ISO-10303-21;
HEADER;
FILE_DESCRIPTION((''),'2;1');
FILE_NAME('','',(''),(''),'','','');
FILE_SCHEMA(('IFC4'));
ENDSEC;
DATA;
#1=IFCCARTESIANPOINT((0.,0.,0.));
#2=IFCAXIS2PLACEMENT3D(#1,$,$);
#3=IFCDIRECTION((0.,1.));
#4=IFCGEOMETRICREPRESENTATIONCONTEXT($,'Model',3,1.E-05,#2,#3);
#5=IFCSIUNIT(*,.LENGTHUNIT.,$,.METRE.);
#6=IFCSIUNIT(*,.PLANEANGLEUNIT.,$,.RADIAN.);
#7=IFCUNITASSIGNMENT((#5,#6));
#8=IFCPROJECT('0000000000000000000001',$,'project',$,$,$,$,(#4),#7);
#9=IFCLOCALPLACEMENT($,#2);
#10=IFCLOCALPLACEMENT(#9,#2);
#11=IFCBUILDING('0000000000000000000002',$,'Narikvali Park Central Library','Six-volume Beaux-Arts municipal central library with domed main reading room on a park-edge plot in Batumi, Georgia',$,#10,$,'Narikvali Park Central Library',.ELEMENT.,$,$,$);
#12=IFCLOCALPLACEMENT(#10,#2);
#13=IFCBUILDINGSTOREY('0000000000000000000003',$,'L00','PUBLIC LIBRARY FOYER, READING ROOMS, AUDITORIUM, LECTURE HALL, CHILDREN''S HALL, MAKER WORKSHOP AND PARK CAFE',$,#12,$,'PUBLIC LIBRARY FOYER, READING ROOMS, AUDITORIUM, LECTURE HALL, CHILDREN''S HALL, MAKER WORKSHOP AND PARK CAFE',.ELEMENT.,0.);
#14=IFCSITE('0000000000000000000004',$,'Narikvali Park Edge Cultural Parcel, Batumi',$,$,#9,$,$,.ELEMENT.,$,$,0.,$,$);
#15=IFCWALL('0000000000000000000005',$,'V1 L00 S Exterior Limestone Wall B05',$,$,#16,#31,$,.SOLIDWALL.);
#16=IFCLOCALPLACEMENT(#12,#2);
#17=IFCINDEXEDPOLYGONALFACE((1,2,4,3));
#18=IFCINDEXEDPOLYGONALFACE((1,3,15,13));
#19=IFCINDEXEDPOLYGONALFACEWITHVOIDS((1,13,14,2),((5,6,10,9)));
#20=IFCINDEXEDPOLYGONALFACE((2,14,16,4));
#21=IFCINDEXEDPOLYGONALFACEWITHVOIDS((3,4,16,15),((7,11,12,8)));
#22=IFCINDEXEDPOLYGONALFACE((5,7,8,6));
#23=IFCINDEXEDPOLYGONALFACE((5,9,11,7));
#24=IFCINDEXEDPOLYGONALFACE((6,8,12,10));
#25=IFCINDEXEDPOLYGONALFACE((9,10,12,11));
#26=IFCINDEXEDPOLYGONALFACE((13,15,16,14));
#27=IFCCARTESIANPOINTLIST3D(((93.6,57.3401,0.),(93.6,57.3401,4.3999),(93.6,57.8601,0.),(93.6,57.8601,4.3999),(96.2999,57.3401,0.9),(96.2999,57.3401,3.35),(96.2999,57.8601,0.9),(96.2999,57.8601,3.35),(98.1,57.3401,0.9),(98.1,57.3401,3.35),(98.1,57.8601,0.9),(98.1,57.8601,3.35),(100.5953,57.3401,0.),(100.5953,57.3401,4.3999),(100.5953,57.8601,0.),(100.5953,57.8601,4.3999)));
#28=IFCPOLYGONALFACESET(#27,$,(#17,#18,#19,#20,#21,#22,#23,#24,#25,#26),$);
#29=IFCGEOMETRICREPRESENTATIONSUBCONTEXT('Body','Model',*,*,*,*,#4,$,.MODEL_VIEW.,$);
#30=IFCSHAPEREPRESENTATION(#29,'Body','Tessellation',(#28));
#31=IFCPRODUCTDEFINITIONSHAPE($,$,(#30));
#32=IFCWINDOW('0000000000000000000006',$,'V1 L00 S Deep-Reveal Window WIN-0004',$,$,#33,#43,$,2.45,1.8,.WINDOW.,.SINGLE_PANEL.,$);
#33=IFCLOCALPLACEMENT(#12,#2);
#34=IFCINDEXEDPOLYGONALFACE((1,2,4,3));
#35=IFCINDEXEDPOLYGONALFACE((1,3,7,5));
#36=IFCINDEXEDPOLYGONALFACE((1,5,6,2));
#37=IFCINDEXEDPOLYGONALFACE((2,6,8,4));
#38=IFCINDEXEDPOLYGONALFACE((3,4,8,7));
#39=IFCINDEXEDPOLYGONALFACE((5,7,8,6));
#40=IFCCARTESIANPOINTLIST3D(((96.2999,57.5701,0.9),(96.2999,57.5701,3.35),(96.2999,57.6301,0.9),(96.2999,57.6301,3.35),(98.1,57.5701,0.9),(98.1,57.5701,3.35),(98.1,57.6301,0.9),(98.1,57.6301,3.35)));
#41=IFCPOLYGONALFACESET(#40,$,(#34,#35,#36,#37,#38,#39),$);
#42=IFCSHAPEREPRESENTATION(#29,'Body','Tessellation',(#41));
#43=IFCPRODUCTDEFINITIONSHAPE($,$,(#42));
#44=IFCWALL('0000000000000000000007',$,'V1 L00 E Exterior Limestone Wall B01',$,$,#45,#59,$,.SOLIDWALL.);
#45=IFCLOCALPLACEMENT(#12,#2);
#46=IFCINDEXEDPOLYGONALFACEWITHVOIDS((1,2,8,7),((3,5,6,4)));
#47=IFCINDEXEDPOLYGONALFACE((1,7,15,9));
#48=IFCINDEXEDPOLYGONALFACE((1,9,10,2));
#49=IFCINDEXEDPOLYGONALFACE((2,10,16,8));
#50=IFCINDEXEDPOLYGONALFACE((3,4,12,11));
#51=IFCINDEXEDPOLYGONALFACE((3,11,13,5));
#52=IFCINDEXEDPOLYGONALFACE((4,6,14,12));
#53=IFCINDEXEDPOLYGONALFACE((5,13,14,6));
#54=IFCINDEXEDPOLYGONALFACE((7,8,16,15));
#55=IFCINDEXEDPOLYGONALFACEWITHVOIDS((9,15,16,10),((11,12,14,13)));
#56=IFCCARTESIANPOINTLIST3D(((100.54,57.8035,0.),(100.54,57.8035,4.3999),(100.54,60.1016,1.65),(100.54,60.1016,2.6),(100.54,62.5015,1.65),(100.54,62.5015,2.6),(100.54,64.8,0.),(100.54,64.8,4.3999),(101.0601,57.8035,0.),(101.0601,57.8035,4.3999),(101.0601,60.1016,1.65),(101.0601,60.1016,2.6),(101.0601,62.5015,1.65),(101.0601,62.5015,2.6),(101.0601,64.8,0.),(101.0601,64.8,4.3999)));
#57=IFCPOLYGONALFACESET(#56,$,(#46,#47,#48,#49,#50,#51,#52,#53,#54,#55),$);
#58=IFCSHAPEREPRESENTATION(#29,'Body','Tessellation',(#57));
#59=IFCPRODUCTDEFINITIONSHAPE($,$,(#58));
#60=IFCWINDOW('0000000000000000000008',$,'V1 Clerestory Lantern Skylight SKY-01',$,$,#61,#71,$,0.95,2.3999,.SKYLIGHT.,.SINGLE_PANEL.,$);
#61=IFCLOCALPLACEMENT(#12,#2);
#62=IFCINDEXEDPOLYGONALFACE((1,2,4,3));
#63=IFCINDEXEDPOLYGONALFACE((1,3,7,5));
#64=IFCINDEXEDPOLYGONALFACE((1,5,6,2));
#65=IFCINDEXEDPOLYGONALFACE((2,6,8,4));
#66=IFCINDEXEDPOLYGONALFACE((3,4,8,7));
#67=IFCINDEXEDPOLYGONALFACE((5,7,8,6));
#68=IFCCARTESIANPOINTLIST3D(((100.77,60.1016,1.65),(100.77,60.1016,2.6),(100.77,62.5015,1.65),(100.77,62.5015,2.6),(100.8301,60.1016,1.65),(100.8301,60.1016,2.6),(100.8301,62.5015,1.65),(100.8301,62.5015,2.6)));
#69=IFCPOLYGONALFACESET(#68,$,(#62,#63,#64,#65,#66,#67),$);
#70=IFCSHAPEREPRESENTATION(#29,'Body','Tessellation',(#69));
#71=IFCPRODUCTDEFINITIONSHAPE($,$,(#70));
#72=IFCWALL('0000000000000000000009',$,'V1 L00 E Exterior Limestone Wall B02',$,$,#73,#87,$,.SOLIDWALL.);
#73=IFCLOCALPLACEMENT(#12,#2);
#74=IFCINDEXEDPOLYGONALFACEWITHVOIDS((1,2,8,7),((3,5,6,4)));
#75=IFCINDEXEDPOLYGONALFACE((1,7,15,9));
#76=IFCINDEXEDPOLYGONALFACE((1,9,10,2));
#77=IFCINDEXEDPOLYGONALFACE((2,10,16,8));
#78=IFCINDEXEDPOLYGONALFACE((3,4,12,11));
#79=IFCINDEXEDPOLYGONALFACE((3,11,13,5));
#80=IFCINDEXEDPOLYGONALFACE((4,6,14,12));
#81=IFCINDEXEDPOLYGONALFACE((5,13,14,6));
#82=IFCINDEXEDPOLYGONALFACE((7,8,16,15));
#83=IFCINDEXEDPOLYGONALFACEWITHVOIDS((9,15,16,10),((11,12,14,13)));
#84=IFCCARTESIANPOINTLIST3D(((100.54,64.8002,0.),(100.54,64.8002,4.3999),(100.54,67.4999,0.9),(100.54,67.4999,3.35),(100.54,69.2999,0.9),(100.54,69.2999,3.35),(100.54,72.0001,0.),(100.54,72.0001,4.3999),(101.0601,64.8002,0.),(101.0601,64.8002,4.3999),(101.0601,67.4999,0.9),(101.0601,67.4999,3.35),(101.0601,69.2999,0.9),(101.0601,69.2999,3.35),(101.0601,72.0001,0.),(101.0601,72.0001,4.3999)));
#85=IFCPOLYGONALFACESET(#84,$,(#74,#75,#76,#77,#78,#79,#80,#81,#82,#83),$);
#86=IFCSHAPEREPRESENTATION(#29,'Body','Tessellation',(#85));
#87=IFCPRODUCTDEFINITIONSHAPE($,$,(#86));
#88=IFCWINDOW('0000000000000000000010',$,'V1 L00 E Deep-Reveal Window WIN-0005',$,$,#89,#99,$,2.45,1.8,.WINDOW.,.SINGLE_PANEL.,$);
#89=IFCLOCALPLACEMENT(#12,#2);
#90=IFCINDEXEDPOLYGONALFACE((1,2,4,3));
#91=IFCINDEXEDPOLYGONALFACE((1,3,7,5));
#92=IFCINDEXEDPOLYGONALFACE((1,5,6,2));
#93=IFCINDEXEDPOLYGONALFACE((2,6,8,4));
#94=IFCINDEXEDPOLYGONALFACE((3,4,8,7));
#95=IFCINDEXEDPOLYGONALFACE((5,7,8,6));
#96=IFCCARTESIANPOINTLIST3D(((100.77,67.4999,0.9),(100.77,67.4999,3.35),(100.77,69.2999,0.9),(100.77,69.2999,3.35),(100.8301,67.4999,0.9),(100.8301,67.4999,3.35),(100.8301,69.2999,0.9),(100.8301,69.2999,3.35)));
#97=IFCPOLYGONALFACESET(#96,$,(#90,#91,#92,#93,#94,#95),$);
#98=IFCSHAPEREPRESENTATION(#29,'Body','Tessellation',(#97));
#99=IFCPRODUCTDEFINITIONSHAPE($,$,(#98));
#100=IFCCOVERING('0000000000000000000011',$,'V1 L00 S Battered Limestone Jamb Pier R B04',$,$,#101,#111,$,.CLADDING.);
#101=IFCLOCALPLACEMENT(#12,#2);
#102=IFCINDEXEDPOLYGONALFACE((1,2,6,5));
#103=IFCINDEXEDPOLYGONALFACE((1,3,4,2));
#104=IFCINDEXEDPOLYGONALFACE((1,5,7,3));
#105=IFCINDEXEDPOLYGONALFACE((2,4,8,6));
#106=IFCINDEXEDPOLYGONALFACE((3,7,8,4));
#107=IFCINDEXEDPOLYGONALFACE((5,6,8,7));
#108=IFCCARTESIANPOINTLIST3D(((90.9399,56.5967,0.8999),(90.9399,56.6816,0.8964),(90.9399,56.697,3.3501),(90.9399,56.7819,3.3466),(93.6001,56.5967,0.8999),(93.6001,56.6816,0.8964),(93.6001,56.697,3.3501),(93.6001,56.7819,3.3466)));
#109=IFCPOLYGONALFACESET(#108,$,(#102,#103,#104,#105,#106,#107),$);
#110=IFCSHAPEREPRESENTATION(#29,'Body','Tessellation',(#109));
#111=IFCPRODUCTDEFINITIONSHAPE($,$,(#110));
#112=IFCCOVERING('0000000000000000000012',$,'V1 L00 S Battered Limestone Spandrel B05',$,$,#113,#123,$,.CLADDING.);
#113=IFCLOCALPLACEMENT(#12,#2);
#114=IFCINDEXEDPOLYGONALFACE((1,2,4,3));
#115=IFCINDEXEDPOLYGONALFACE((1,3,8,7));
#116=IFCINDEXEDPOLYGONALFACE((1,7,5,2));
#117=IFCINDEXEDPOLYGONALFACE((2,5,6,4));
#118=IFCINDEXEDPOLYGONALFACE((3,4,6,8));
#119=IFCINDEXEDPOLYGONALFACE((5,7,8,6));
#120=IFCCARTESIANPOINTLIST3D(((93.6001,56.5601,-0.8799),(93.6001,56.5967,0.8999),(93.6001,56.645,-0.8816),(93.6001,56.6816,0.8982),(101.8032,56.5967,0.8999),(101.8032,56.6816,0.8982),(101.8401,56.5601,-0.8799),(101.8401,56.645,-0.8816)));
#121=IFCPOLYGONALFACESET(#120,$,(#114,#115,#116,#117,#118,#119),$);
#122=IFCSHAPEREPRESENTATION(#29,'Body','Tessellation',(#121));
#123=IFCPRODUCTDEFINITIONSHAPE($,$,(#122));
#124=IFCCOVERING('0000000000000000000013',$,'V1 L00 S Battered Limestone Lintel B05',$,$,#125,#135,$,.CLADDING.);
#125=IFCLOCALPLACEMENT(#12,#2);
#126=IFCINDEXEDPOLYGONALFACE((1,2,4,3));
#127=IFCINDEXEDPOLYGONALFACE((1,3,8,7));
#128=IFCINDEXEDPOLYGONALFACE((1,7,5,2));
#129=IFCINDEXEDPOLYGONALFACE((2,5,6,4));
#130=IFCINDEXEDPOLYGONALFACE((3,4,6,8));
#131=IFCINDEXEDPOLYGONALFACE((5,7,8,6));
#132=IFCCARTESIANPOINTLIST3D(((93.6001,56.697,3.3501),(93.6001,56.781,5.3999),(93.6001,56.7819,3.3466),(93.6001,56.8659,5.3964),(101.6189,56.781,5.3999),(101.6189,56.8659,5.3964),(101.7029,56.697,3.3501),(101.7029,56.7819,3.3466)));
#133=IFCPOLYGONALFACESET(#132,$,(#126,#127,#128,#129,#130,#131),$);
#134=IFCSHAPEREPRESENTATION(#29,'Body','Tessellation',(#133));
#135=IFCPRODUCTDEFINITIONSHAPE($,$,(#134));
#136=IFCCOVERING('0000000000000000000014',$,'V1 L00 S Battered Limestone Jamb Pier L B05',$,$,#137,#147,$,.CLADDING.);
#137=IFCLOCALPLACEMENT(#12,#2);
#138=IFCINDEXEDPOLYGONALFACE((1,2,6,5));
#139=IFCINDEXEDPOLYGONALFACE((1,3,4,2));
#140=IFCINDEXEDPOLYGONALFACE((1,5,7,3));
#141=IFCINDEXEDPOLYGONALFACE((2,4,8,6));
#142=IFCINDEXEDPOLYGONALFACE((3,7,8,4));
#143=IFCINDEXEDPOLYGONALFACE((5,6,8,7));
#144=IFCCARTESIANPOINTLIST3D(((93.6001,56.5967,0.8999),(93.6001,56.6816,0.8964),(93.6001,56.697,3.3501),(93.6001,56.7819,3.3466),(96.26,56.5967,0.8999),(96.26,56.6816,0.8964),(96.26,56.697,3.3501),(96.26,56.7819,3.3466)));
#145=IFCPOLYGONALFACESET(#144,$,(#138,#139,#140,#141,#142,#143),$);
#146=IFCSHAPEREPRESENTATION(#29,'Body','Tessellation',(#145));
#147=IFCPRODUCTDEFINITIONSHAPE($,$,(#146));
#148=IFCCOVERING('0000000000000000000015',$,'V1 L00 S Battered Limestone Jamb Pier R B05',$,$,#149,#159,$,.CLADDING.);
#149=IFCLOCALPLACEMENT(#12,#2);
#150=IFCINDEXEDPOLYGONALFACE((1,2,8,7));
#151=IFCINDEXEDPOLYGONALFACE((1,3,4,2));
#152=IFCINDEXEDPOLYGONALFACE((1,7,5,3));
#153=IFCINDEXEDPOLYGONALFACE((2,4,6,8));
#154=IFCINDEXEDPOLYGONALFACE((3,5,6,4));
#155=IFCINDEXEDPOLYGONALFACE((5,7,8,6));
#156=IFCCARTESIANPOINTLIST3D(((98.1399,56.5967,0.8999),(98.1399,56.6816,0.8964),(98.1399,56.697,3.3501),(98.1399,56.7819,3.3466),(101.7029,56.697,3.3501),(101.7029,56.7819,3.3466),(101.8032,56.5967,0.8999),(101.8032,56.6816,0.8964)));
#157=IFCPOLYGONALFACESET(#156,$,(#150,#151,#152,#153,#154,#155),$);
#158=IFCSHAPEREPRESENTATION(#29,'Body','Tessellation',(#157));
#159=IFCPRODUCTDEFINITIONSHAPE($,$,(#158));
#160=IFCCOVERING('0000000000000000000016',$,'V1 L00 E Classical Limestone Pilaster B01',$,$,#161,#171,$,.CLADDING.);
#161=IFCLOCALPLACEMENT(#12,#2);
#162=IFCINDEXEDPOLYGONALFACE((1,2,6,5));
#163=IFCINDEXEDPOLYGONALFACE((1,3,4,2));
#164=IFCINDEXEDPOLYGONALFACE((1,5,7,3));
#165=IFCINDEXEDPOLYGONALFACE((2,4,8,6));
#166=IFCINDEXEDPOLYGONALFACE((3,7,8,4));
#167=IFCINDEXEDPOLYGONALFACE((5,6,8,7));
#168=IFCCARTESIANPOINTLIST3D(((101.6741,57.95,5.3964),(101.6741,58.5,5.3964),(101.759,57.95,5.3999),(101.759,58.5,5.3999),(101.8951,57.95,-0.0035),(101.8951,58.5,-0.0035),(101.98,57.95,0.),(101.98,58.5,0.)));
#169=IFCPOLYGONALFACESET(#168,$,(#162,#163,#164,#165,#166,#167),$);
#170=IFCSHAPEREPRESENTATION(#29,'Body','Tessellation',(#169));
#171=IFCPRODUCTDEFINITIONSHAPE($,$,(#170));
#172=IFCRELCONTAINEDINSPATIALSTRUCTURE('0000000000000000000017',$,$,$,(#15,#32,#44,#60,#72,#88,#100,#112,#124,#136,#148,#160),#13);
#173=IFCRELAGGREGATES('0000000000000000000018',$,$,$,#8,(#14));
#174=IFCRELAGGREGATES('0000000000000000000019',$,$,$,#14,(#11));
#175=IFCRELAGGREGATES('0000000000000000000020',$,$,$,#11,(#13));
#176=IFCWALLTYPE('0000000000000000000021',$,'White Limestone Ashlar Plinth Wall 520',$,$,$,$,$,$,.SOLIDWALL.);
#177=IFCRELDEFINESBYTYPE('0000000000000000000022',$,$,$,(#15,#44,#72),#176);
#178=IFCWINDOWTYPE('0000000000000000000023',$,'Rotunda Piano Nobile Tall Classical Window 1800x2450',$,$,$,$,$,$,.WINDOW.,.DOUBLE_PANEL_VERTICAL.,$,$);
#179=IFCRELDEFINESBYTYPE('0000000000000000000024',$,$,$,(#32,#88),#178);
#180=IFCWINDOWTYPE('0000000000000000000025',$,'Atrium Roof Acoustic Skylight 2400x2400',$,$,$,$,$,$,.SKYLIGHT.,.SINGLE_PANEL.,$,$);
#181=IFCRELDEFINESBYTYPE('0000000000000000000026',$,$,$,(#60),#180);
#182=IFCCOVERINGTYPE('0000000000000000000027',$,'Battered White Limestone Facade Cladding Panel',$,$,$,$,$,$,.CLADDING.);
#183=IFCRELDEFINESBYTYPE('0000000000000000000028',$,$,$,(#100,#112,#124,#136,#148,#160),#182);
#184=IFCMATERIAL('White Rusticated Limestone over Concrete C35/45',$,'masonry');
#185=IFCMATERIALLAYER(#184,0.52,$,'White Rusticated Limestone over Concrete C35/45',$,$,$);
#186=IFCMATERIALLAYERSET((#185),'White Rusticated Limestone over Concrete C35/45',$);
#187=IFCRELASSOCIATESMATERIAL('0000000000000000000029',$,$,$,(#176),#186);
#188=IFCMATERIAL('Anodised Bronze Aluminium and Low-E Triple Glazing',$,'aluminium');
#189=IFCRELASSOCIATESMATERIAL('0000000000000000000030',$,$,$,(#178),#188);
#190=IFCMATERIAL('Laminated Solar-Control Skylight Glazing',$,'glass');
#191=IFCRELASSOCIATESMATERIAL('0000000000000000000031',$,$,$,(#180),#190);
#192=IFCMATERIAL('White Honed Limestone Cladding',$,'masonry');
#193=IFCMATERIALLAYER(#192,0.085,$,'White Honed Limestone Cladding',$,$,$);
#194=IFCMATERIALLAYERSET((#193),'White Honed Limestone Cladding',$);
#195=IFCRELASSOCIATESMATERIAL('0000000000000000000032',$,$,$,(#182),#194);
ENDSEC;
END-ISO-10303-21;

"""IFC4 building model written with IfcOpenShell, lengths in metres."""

from ifc_helpers import new_model, si_unit, direction, frame, frame_2d, origin, place, context, subcontext, project, spatial, polyline, rectangle, outline, extrude, material, layer, layer_set, type_object, element, fill, save


model = new_model("IFC4")

# Units and contexts
model_context = context("Model", 3, precision=1e-05, world=origin(), true_north=direction((0.0, 1.0)))
body_context = subcontext(model_context, "Body", "Model", "MODEL_VIEW")
ifc_project = project(units=[si_unit("LENGTHUNIT", "METRE"), si_unit("PLANEANGLEUNIT", "RADIAN")], contexts=[model_context])

# Site, building, storey
site_placement = place(None, origin())
site = spatial("IfcSite", under=ifc_project, at=site_placement, Name="Narikvali Park Edge Cultural Parcel, Batumi", CompositionType="ELEMENT", RefElevation=0.0)
building_placement = place(site_placement, origin())
building = spatial("IfcBuilding", under=site, at=building_placement, Name="Narikvali Park Central Library", Description="Six-volume Beaux-Arts municipal central library with domed main reading room on a park-edge plot in Batumi, Georgia", LongName="Narikvali Park Central Library", CompositionType="ELEMENT")
storey_placement = place(building_placement, origin())
storey = spatial("IfcBuildingStorey", under=building, at=storey_placement, Name="L00", Description="PUBLIC LIBRARY FOYER, READING ROOMS, AUDITORIUM, LECTURE HALL, CHILDREN'S HALL, MAKER WORKSHOP AND PARK CAFE", LongName="PUBLIC LIBRARY FOYER, READING ROOMS, AUDITORIUM, LECTURE HALL, CHILDREN'S HALL, MAKER WORKSHOP AND PARK CAFE", CompositionType="ELEMENT", Elevation=0.0)

# Walls, openings, windows
ifc_material_1 = material(Name="White Rusticated Limestone over Concrete C35/45", Category="masonry")
ifc_layer_1 = layer(ifc_material_1, 0.52, Name="White Rusticated Limestone over Concrete C35/45")
ifc_layer_set_1 = layer_set([ifc_layer_1], Name="White Rusticated Limestone over Concrete C35/45")
wall_type_1 = type_object("IfcWallType", Name="White Limestone Ashlar Plinth Wall 520", PredefinedType="SOLIDWALL", material=ifc_layer_set_1)
wall_1_placement = place(storey_placement, frame((93.6001, 57.6001, 0.0), z_axis=(0.0, 0.0, 1.0), x_axis=(1.0, 0.0, 0.0)))
wall_1 = element("IfcWall", 1, at=wall_1_placement, inside=storey, type_object=wall_type_1, Name="V1 L00 S Exterior Limestone Wall B05", PredefinedType="SOLIDWALL", context=body_context, shape_type="SweptSolid", body=[
    extrude(rectangle(XDim=6.9954, YDim=0.52, at=frame_2d((3.4976, 0.0))), origin(), (0.0, 0.0, 1.0), 4.3999),
])
opening_1_placement = place(wall_1_placement, frame((2.7, 0.0, 0.8999)))
opening_1 = element("IfcOpeningElement", 2, at=opening_1_placement, cuts=wall_1, PredefinedType="OPENING", context=body_context, shape_type="SweptSolid", body=[
    extrude(rectangle(XDim=1.8, YDim=2.45, at=frame_2d((0.8999, 1.2251))), frame((0.0, 0.272, 0.0), z_axis=(0.0, -1.0, 0.0), x_axis=(1.0, 0.0, 0.0)), (0.0, 0.0, 1.0), 0.5439),
])
ifc_material_2 = material(Name="Anodised Bronze Aluminium and Low-E Triple Glazing", Category="aluminium")
window_type_1 = type_object("IfcWindowType", Name="Rotunda Piano Nobile Tall Classical Window 1800x2450", PartitioningType="DOUBLE_PANEL_VERTICAL", PredefinedType="WINDOW", material=ifc_material_2)
window_1_placement = place(opening_1_placement, origin())
window_1 = element("IfcWindow", 3, at=window_1_placement, inside=storey, type_object=window_type_1, Name="V1 L00 S Deep-Reveal Window WIN-0004", OverallHeight=2.45, OverallWidth=1.8, PartitioningType="SINGLE_PANEL", PredefinedType="WINDOW", context=body_context, shape_type="SweptSolid", body=[
    extrude(rectangle(XDim=1.8, YDim=2.45, at=frame_2d((0.8999, 1.2251))), frame((0.0, 0.03, 0.0), z_axis=(0.0, -1.0, 0.0), x_axis=(1.0, 0.0, 0.0)), (0.0, 0.0, 1.0), 0.0601),
])
fill(opening_1, window_1)
wall_2_placement = place(storey_placement, frame((100.8, 57.8035, 0.0), z_axis=(0.0, 0.0, 1.0), x_axis=(0.0, 1.0, 0.0)))
wall_2 = element("IfcWall", 4, at=wall_2_placement, inside=storey, type_object=wall_type_1, Name="V1 L00 E Exterior Limestone Wall B01", PredefinedType="SOLIDWALL", context=body_context, shape_type="SweptSolid", body=[
    extrude(rectangle(XDim=6.9966, YDim=0.52, at=frame_2d((3.4983, 0.0))), origin(), (0.0, 0.0, 1.0), 4.3999),
])
opening_2_placement = place(wall_2_placement, frame((2.2981, 0.0, 1.6499)))
opening_2 = element("IfcOpeningElement", 5, at=opening_2_placement, cuts=wall_2, PredefinedType="OPENING", context=body_context, shape_type="SweptSolid", body=[
    extrude(rectangle(XDim=2.3999, YDim=0.95, at=frame_2d((1.2, 0.4751))), frame((0.0, 0.272, 0.0), z_axis=(0.0, -1.0, 0.0), x_axis=(1.0, 0.0, 0.0)), (0.0, 0.0, 1.0), 0.5439),
])
ifc_material_3 = material(Name="Laminated Solar-Control Skylight Glazing", Category="glass")
window_type_2 = type_object("IfcWindowType", Name="Atrium Roof Acoustic Skylight 2400x2400", PartitioningType="SINGLE_PANEL", PredefinedType="SKYLIGHT", material=ifc_material_3)
window_2_placement = place(opening_2_placement, origin())
window_2 = element("IfcWindow", 6, at=window_2_placement, inside=storey, type_object=window_type_2, Name="V1 Clerestory Lantern Skylight SKY-01", OverallHeight=0.95, OverallWidth=2.3999, PartitioningType="SINGLE_PANEL", PredefinedType="SKYLIGHT", context=body_context, shape_type="SweptSolid", body=[
    extrude(rectangle(XDim=2.3999, YDim=0.95, at=frame_2d((1.2, 0.4751))), frame((0.0, 0.03, 0.0), z_axis=(0.0, -1.0, 0.0), x_axis=(1.0, 0.0, 0.0)), (0.0, 0.0, 1.0), 0.0601),
])
fill(opening_2, window_2)
wall_3_placement = place(storey_placement, frame((100.8, 64.8, 0.0), z_axis=(0.0, 0.0, 1.0), x_axis=(0.0, 1.0, 0.0)))
wall_3 = element("IfcWall", 7, at=wall_3_placement, inside=storey, type_object=wall_type_1, Name="V1 L00 E Exterior Limestone Wall B02", PredefinedType="SOLIDWALL", context=body_context, shape_type="SweptSolid", body=[
    extrude(rectangle(XDim=7.2, YDim=0.52, at=frame_2d((3.6001, 0.0))), origin(), (0.0, 0.0, 1.0), 4.3999),
])
opening_3_placement = place(wall_3_placement, frame((2.7, 0.0, 0.8999)))
opening_3 = element("IfcOpeningElement", 8, at=opening_3_placement, cuts=wall_3, PredefinedType="OPENING", context=body_context, shape_type="SweptSolid", body=[
    extrude(rectangle(XDim=1.8, YDim=2.45, at=frame_2d((0.8999, 1.2251))), frame((0.0, 0.272, 0.0), z_axis=(0.0, -1.0, 0.0), x_axis=(1.0, 0.0, 0.0)), (0.0, 0.0, 1.0), 0.5439),
])
window_3_placement = place(opening_3_placement, origin())
window_3 = element("IfcWindow", 9, at=window_3_placement, inside=storey, type_object=window_type_1, Name="V1 L00 E Deep-Reveal Window WIN-0005", OverallHeight=2.45, OverallWidth=1.8, PartitioningType="SINGLE_PANEL", PredefinedType="WINDOW", context=body_context, shape_type="SweptSolid", body=[
    extrude(rectangle(XDim=1.8, YDim=2.45, at=frame_2d((0.8999, 1.2251))), frame((0.0, 0.03, 0.0), z_axis=(0.0, -1.0, 0.0), x_axis=(1.0, 0.0, 0.0)), (0.0, 0.0, 1.0), 0.0601),
])
fill(opening_3, window_3)

# Coverings
ifc_material_4 = material(Name="White Honed Limestone Cladding", Category="masonry")
ifc_layer_2 = layer(ifc_material_4, 0.085, Name="White Honed Limestone Cladding")
ifc_layer_set_2 = layer_set([ifc_layer_2], Name="White Honed Limestone Cladding")
covering_type = type_object("IfcCoveringType", Name="Battered White Limestone Facade Cladding Panel", PredefinedType="CLADDING", material=ifc_layer_set_2)
covering_1_placement = place(storey_placement, frame((90.9399, 56.5967, 0.8999), z_axis=(0.0, -0.999162, 0.040918), x_axis=(1.0, 0.0, 0.0)))
element("IfcCovering", 10, at=covering_1_placement, inside=storey, type_object=covering_type, Name="V1 L00 S Battered Limestone Jamb Pier R B04", PredefinedType="CLADDING", context=body_context, shape_type="SweptSolid", body=[
    extrude(outline(polyline([(0.0, 0.0), (2.6602, 0.0), (2.6602, 2.4522), (0.0, 2.4522), (0.0, 0.0)])), origin(), (0.0, 0.0, -1.0), 0.085),
])
covering_2_placement = place(storey_placement, frame((93.6001, 56.5601, -0.8799), z_axis=(0.0, -0.999788, 0.020572), x_axis=(1.0, 0.0, 0.0)))
element("IfcCovering", 11, at=covering_2_placement, inside=storey, type_object=covering_type, Name="V1 L00 S Battered Limestone Spandrel B05", PredefinedType="CLADDING", context=body_context, shape_type="SweptSolid", body=[
    extrude(outline(polyline([(0.0, 0.0), (8.24, 0.0), (8.2031, 1.7802), (0.0, 1.7802), (0.0, 0.0)])), origin(), (0.0, 0.0, -1.0), 0.085),
])
covering_3_placement = place(storey_placement, frame((93.6001, 56.697, 3.3501), z_axis=(0.0, -0.999162, 0.040938), x_axis=(1.0, 0.0, 0.0)))
element("IfcCovering", 12, at=covering_3_placement, inside=storey, type_object=covering_type, Name="V1 L00 S Battered Limestone Lintel B05", PredefinedType="CLADDING", context=body_context, shape_type="SweptSolid", body=[
    extrude(outline(polyline([(0.0, 0.0), (8.1028, 0.0), (8.0188, 2.0515), (0.0, 2.0515), (0.0, 0.0)])), origin(), (0.0, 0.0, -1.0), 0.085),
])
covering_4_placement = place(storey_placement, frame((93.6001, 56.5967, 0.8999), z_axis=(0.0, -0.999162, 0.040918), x_axis=(1.0, 0.0, 0.0)))
element("IfcCovering", 13, at=covering_4_placement, inside=storey, type_object=covering_type, Name="V1 L00 S Battered Limestone Jamb Pier L B05", PredefinedType="CLADDING", context=body_context, shape_type="SweptSolid", body=[
    extrude(outline(polyline([(0.0, 0.0), (2.6599, 0.0), (2.6599, 2.4522), (0.0, 2.4522), (0.0, 0.0)])), origin(), (0.0, 0.0, -1.0), 0.085),
])
covering_5_placement = place(storey_placement, frame((98.1399, 56.5967, 0.8999), z_axis=(0.0, -0.999162, 0.040918), x_axis=(1.0, 0.0, 0.0)))
element("IfcCovering", 14, at=covering_5_placement, inside=storey, type_object=covering_type, Name="V1 L00 S Battered Limestone Jamb Pier R B05", PredefinedType="CLADDING", context=body_context, shape_type="SweptSolid", body=[
    extrude(outline(polyline([(0.0, 0.0), (3.6633, 0.0), (3.563, 2.4522), (0.0, 2.4522), (0.0, 0.0)])), origin(), (0.0, 0.0, -1.0), 0.085),
])
covering_6_placement = place(storey_placement, frame((101.98, 57.95, 0.0), z_axis=(0.999164, 0.0, 0.040883), x_axis=(0.0, 1.0, 0.0)))
element("IfcCovering", 15, at=covering_6_placement, inside=storey, type_object=covering_type, Name="V1 L00 E Classical Limestone Pilaster B01", PredefinedType="CLADDING", context=body_context, shape_type="SweptSolid", body=[
    extrude(outline(polyline([(0.0, 0.0), (0.55, 0.0), (0.55, 5.4044), (0.0, 5.4044), (0.0, 0.0)])), origin(), (0.0, 0.0, -1.0), 0.085),
])

save(model, "model.ifc")
